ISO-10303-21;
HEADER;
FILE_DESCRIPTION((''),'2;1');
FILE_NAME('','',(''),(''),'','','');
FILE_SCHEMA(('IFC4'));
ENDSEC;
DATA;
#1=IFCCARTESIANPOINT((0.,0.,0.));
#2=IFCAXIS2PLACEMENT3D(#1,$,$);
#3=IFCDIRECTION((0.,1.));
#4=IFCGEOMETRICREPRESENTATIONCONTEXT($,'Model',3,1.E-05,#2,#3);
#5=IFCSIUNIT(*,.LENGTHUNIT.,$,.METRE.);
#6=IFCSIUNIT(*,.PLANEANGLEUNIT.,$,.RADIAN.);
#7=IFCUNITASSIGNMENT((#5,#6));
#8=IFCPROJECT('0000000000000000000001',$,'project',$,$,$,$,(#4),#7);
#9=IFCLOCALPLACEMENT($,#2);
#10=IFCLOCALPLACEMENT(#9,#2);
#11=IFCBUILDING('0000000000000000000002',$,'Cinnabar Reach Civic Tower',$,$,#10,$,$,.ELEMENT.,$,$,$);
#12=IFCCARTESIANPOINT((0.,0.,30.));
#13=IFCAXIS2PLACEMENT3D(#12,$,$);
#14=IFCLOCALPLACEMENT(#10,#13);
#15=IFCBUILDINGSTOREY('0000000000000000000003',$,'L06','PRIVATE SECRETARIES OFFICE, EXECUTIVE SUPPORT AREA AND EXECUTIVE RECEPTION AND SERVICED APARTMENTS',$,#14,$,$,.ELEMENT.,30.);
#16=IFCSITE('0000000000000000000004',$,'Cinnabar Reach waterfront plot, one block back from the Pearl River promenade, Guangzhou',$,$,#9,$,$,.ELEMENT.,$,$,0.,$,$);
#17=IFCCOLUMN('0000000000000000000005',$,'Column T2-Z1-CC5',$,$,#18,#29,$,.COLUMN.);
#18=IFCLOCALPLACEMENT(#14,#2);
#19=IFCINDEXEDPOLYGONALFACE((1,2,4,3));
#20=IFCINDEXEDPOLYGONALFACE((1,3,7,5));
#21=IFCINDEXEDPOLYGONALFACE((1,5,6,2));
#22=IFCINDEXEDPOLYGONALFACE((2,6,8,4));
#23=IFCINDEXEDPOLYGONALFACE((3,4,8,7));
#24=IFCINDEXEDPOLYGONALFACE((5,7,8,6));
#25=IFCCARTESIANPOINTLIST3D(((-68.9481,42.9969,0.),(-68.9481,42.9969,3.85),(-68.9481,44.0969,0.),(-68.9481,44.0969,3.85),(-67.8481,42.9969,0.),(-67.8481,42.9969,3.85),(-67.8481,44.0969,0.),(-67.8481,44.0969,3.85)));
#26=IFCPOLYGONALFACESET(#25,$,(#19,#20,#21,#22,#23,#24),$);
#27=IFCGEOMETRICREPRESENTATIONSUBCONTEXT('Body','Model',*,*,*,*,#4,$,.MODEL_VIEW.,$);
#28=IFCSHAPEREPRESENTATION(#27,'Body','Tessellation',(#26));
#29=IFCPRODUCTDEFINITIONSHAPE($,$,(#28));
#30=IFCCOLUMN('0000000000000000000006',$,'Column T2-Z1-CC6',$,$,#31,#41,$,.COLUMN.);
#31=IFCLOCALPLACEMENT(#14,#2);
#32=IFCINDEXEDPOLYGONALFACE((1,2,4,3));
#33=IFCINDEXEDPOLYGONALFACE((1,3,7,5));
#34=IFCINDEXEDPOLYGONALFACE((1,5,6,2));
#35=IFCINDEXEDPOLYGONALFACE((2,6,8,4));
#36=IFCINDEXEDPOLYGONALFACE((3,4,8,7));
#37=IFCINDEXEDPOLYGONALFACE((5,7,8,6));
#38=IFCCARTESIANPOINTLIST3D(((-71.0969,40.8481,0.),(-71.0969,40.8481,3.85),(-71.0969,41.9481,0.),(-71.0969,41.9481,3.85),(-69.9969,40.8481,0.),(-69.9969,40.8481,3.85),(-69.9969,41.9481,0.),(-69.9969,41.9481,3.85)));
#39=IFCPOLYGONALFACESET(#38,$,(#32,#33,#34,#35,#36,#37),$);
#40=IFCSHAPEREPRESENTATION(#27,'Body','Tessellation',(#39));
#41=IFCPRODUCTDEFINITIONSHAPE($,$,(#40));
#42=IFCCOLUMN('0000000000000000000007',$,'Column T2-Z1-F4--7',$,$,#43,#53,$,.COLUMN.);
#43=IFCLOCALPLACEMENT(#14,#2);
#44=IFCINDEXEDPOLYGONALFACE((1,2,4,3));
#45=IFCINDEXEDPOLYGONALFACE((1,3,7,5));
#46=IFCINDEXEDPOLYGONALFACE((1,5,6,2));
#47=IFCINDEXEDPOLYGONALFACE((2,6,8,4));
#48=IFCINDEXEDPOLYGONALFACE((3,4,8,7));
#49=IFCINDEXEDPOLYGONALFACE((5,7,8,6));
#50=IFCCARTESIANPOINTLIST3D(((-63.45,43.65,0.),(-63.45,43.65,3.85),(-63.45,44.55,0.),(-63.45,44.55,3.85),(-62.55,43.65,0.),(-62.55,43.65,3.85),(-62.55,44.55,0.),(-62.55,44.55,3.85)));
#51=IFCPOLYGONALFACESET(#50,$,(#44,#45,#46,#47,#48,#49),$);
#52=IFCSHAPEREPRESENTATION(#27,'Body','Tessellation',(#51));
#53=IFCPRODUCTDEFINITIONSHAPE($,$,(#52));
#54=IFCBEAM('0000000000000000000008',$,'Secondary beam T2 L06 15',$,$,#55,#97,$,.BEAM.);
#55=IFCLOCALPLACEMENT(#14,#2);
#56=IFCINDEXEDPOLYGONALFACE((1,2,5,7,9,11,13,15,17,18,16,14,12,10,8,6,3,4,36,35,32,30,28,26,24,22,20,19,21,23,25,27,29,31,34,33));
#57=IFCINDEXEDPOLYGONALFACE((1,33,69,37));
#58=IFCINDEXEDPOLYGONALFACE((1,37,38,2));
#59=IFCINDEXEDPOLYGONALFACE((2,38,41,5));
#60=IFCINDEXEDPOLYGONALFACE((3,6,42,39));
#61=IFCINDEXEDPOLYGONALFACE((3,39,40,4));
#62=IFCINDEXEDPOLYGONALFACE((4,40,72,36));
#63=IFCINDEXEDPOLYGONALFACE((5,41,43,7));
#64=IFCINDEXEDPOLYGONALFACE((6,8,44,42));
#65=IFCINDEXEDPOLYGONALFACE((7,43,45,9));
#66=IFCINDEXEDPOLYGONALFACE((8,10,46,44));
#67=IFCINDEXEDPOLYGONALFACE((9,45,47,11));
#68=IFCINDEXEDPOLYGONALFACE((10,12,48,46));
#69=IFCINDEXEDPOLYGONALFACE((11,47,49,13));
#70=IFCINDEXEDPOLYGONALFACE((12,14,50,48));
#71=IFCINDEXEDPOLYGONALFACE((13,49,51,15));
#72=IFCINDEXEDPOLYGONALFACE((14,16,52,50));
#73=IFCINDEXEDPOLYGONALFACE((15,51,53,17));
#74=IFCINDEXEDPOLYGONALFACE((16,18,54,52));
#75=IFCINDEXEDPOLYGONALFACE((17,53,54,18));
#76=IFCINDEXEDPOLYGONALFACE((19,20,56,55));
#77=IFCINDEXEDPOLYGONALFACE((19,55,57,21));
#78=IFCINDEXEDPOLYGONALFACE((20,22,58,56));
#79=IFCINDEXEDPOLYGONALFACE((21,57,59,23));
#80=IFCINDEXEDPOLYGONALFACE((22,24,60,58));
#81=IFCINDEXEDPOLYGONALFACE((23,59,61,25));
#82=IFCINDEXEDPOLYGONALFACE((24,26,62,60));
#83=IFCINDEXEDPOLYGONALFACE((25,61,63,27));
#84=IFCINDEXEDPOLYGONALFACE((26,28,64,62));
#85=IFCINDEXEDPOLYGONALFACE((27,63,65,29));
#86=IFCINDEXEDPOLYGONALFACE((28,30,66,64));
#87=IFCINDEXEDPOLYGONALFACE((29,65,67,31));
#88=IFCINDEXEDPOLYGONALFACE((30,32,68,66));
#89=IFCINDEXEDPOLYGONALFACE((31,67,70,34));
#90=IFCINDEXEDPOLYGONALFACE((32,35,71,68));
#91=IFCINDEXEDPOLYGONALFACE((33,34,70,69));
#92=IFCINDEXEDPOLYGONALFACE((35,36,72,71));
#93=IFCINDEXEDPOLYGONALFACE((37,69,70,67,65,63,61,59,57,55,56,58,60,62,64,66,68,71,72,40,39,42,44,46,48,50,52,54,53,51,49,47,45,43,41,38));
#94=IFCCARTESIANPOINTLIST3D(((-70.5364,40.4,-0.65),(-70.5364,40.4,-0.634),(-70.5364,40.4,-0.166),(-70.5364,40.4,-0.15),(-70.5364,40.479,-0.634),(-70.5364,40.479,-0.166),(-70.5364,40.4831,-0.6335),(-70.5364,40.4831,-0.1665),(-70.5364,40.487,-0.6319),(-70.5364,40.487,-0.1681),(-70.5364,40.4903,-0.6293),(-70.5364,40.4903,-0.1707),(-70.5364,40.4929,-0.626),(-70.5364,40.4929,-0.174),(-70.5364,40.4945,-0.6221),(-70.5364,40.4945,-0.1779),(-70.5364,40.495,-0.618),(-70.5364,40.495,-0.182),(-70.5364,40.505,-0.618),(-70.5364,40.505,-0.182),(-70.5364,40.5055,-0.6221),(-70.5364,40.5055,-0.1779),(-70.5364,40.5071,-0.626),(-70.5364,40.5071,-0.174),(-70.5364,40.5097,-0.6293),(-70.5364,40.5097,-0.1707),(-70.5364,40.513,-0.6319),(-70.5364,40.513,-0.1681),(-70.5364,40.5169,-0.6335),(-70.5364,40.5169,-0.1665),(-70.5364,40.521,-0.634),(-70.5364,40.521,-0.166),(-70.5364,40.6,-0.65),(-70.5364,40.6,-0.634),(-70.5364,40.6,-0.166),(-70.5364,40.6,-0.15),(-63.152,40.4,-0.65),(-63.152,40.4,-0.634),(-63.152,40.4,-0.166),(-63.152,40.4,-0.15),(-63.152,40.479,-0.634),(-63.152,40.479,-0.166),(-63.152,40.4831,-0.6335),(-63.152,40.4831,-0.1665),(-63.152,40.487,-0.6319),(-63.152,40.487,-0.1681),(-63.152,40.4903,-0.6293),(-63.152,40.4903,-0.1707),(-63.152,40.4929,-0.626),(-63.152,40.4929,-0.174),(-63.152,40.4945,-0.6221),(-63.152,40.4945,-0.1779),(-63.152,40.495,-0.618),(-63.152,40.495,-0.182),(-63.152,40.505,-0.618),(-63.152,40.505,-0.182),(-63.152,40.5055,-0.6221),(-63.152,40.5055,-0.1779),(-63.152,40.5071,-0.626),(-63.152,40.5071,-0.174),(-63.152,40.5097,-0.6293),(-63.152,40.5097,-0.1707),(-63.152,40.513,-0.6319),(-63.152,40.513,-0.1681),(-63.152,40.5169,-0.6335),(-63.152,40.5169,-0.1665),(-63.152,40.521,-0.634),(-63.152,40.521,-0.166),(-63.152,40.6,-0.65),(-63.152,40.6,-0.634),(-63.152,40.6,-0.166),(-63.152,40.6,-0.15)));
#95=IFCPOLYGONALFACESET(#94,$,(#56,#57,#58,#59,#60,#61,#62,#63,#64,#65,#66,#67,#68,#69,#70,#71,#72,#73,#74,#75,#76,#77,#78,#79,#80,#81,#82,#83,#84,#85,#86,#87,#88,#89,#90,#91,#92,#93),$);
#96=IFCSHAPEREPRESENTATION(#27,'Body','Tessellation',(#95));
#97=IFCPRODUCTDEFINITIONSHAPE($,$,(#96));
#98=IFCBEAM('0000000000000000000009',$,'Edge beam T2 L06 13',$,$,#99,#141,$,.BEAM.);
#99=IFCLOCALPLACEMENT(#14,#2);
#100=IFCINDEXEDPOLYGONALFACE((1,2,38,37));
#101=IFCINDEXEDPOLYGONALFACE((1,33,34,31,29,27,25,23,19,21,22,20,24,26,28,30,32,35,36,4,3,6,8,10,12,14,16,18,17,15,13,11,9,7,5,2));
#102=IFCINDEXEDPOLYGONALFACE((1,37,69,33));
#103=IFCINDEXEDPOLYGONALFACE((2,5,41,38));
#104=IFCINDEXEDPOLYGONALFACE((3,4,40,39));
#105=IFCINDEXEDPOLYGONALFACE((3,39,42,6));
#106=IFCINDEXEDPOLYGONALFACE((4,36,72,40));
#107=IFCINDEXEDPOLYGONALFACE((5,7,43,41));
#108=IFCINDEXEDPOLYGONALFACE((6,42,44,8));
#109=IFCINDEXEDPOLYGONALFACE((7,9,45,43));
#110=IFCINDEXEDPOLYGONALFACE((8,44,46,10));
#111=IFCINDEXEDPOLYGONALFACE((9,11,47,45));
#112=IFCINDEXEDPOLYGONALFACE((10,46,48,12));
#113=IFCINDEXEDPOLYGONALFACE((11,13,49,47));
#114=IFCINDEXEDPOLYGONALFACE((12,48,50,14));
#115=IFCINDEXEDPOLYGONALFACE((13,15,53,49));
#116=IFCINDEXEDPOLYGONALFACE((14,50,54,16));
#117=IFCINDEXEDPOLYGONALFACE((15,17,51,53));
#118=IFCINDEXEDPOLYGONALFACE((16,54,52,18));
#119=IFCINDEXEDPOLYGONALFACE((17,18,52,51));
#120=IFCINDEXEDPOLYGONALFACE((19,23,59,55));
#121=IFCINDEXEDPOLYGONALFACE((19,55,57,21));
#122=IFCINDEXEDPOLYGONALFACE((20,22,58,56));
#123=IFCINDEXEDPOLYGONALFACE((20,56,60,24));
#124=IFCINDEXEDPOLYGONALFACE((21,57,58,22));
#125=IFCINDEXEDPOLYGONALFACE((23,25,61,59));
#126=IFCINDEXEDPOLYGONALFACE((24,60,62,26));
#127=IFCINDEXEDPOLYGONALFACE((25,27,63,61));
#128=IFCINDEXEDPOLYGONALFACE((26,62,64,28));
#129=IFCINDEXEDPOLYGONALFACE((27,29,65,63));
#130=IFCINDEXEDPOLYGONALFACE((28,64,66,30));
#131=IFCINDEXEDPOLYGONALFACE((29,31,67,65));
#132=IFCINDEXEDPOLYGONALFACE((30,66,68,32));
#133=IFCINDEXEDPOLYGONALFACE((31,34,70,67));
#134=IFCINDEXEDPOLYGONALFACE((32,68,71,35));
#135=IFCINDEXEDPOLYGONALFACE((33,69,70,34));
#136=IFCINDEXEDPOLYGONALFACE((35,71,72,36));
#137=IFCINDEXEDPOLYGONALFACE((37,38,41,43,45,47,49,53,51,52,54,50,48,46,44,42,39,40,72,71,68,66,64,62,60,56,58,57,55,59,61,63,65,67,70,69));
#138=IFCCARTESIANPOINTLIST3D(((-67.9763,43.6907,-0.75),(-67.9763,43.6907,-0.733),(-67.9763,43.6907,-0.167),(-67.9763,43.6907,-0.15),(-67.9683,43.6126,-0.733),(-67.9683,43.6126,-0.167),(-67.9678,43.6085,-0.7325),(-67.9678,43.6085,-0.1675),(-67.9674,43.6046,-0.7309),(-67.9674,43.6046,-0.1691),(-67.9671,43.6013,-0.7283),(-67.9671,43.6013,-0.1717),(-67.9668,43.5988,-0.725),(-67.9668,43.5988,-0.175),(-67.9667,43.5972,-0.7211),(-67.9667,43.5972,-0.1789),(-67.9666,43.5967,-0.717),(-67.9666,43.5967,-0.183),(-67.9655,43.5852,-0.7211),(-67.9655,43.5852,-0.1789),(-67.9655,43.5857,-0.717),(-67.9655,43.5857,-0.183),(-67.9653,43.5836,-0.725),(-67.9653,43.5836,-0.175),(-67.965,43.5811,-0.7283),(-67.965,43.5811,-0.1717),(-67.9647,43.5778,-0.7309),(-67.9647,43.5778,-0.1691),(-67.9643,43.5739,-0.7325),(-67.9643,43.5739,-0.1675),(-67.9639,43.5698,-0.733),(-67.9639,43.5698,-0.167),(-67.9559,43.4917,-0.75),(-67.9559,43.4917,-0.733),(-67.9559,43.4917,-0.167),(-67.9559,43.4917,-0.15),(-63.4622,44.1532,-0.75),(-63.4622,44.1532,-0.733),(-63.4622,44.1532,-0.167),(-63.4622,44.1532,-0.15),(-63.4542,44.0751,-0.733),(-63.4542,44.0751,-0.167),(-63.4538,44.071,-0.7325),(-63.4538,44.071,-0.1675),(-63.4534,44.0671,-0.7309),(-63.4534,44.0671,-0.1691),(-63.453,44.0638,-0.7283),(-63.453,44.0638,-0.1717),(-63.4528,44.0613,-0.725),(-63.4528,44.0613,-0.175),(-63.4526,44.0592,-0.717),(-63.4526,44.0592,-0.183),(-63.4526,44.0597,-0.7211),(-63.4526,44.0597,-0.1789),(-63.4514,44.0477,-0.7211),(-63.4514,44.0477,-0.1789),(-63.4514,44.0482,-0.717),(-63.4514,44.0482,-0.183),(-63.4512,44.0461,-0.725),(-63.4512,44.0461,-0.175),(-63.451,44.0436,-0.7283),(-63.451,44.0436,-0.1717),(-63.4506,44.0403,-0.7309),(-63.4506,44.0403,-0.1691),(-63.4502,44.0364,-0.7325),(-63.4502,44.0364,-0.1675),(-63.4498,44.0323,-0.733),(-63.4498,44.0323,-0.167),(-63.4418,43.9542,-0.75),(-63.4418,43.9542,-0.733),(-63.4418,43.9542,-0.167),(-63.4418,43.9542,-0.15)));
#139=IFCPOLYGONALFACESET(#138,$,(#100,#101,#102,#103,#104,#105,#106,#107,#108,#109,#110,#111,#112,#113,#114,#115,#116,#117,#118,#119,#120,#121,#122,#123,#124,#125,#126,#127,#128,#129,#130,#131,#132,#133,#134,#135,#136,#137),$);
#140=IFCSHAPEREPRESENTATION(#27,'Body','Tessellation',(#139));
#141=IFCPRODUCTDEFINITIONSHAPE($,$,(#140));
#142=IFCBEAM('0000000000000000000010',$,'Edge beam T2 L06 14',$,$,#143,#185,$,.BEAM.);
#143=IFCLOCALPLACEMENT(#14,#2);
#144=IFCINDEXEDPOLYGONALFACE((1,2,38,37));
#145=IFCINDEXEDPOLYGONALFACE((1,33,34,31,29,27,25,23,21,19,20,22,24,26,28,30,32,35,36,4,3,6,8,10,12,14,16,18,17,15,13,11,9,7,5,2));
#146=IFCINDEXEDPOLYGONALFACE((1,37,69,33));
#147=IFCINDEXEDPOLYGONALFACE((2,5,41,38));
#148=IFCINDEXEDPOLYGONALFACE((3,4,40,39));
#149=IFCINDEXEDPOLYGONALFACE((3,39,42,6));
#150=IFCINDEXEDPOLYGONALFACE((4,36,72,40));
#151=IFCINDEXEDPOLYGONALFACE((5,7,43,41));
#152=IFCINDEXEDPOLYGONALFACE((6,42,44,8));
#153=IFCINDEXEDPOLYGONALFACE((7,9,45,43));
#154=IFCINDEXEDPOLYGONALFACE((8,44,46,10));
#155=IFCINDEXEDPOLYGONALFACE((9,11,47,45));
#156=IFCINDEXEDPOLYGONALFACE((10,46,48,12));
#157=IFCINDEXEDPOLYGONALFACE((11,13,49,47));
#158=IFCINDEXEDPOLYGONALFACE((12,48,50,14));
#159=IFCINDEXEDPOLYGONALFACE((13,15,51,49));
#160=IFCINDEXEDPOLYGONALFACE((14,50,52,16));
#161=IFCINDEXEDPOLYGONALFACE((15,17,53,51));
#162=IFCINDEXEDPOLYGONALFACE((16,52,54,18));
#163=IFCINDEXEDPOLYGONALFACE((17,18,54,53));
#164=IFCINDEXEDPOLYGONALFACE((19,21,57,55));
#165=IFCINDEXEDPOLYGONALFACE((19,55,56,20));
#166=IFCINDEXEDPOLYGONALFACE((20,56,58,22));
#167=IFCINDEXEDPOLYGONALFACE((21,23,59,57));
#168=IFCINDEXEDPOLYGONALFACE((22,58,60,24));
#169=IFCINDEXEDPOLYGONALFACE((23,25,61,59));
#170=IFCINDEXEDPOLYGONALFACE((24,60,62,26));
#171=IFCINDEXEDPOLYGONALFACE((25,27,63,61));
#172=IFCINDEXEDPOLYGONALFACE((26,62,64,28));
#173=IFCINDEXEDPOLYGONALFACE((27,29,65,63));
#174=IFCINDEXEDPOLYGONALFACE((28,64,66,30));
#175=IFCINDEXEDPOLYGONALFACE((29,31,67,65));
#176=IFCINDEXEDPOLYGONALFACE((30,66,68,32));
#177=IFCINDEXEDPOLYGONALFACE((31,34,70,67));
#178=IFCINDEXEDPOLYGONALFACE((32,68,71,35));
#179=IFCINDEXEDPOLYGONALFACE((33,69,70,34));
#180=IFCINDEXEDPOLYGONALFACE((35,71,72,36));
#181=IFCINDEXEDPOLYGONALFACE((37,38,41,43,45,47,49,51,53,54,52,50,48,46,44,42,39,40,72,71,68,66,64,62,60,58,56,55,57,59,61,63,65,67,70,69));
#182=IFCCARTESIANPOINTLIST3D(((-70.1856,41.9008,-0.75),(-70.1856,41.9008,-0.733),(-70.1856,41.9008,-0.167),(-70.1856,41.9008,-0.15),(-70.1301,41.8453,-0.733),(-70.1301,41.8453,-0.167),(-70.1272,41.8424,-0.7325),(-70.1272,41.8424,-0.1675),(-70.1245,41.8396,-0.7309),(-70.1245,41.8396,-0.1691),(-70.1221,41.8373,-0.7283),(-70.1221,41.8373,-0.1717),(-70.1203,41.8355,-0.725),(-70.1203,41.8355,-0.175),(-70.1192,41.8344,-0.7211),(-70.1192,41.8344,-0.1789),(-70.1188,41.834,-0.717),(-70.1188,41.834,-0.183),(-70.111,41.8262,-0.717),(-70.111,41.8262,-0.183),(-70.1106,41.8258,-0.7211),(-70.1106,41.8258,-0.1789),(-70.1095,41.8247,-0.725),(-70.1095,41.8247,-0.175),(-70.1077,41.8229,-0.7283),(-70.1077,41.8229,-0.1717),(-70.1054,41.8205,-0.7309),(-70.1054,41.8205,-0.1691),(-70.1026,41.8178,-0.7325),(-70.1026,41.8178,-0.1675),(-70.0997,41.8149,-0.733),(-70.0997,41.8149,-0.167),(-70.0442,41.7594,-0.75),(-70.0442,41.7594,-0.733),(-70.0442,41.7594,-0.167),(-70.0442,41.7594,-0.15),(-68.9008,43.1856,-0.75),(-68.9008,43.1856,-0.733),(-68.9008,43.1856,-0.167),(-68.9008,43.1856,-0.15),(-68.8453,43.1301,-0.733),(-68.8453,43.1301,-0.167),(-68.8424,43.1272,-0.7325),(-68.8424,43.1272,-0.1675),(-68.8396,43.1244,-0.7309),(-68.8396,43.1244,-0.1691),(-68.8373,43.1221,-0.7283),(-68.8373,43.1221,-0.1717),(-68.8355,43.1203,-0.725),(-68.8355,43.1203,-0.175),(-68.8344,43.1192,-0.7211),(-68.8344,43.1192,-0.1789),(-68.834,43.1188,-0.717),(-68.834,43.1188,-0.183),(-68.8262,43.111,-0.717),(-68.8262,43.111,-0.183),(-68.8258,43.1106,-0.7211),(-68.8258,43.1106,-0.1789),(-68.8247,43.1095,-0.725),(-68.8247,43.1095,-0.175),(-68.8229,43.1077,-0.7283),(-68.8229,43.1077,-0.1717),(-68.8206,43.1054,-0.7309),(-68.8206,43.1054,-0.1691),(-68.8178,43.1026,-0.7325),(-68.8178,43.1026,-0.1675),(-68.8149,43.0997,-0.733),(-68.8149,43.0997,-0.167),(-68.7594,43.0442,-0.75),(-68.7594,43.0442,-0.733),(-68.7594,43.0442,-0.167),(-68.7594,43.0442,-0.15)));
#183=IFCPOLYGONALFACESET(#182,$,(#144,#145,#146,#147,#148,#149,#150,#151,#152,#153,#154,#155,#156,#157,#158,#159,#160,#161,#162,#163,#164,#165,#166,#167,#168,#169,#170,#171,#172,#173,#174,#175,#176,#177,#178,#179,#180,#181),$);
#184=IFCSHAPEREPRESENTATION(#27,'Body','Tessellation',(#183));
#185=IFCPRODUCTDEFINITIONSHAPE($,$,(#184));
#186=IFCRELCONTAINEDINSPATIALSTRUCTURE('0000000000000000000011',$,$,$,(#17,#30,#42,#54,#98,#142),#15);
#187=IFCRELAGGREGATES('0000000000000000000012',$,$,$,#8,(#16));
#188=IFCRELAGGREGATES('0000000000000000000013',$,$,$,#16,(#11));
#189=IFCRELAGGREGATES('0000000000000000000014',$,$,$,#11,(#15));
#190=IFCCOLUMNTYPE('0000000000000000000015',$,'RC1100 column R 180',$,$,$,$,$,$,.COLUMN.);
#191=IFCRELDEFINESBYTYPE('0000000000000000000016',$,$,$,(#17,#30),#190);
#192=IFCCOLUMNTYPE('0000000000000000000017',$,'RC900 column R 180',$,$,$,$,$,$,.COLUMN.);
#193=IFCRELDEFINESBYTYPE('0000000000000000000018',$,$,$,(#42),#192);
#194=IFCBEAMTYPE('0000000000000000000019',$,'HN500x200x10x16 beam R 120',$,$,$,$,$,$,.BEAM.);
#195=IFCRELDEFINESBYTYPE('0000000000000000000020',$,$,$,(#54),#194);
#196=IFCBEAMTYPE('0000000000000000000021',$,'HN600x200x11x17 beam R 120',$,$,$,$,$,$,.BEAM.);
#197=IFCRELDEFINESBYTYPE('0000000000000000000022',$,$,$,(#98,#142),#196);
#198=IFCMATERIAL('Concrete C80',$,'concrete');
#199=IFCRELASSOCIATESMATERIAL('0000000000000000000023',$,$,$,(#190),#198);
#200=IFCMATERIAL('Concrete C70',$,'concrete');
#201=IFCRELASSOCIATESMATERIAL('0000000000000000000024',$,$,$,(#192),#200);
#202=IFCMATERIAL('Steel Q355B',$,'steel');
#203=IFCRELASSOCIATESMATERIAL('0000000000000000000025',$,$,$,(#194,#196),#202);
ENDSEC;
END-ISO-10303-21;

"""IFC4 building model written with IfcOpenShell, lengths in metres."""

from ifc_helpers import new_model, si_unit, direction, frame, origin, origin_2d, place, context, subcontext, project, spatial, rectangle, i_section, extrude, material, material_profile, profile_set, type_object, element, save


model = new_model("IFC4")

# Units and contexts
model_context = context("Model", 3, precision=1e-05, world=origin(), true_north=direction((0.0, 1.0)))
body_context = subcontext(model_context, "Body", "Model", "MODEL_VIEW")
ifc_project = project(units=[si_unit("LENGTHUNIT", "METRE"), si_unit("PLANEANGLEUNIT", "RADIAN")], contexts=[model_context])

# Site, building, storey
site_placement = place(None, origin())
site = spatial("IfcSite", under=ifc_project, at=site_placement, Name="Cinnabar Reach waterfront plot, one block back from the Pearl River promenade, Guangzhou", CompositionType="ELEMENT", RefElevation=0.0)
building_placement = place(site_placement, origin())
building = spatial("IfcBuilding", under=site, at=building_placement, Name="Cinnabar Reach Civic Tower", CompositionType="ELEMENT")
storey_placement = place(building_placement, frame((0.0, 0.0, 30.0)))
storey = spatial("IfcBuildingStorey", under=building, at=storey_placement, Name="L06", Description="PRIVATE SECRETARIES OFFICE, EXECUTIVE SUPPORT AREA AND EXECUTIVE RECEPTION AND SERVICED APARTMENTS", CompositionType="ELEMENT", Elevation=30.0)

# Columns
ifc_material_1 = material(Name="Concrete C80", Category="concrete")
ifc_material_profile_1 = material_profile(ifc_material_1, rectangle(XDim=1.1, YDim=1.1, at=origin_2d()), Name="RC1100")
ifc_profile_set_1 = profile_set([ifc_material_profile_1], Name="Concrete C80")
column_type_1 = type_object("IfcColumnType", Name="RC1100 column R 180", PredefinedType="COLUMN", material=ifc_profile_set_1)
for number, where, z_axis, x_axis, name in (
    (1, (-68.3981, 43.5469, 0.0), (0.0, 0.0, 1.0), (1.0, 0.0, 0.0), "Column T2-Z1-CC5"),
    (2, (-70.5469, 41.3981, 0.0), (0.0, 0.0, 1.0), (1.0, 0.0, 0.0), "Column T2-Z1-CC6"),
):
    element("IfcColumn", number, at=place(storey_placement, frame(where, z_axis=z_axis, x_axis=x_axis)), inside=storey, type_object=column_type_1, Name=name, PredefinedType="COLUMN", context=body_context, shape_type="SweptSolid", body=[
        extrude(rectangle(XDim=1.1, YDim=1.1, at=origin_2d()), origin(), (0.0, 0.0, 1.0), 3.85),
    ])
ifc_material_2 = material(Name="Concrete C70", Category="concrete")
ifc_material_profile_2 = material_profile(ifc_material_2, rectangle(XDim=0.9, YDim=0.9, at=origin_2d()), Name="RC900")
ifc_profile_set_2 = profile_set([ifc_material_profile_2], Name="Concrete C70")
column_type_2 = type_object("IfcColumnType", Name="RC900 column R 180", PredefinedType="COLUMN", material=ifc_profile_set_2)
column_placement = place(storey_placement, frame((-63.0, 44.1, 0.0), z_axis=(0.0, 0.0, 1.0), x_axis=(1.0, 0.0, 0.0)))
element("IfcColumn", 3, at=column_placement, inside=storey, type_object=column_type_2, Name="Column T2-Z1-F4--7", PredefinedType="COLUMN", context=body_context, shape_type="SweptSolid", body=[
    extrude(rectangle(XDim=0.9, YDim=0.9, at=origin_2d()), origin(), (0.0, 0.0, 1.0), 3.85),
])

# Beams
ifc_material_3 = material(Name="Steel Q355B", Category="steel")
ifc_material_profile_3 = material_profile(ifc_material_3, i_section(OverallWidth=0.2, OverallDepth=0.5, WebThickness=0.01, FlangeThickness=0.016, FilletRadius=0.016, at=origin_2d()), Name="HN500x200x10x16")
ifc_profile_set_3 = profile_set([ifc_material_profile_3], Name="Steel Q355B")
beam_type_1 = type_object("IfcBeamType", Name="HN500x200x10x16 beam R 120", PredefinedType="BEAM", material=ifc_profile_set_3)
beam_1_placement = place(storey_placement, frame((-70.5364, 40.5, -0.4), z_axis=(1.0, 0.0, 0.0), x_axis=(0.0, 1.0, 0.0)))
element("IfcBeam", 4, at=beam_1_placement, inside=storey, type_object=beam_type_1, Name="Secondary beam T2 L06 15", PredefinedType="BEAM", context=body_context, shape_type="SweptSolid", body=[
    extrude(i_section(OverallWidth=0.2, OverallDepth=0.5, WebThickness=0.01, FlangeThickness=0.016, FilletRadius=0.016, at=origin_2d()), origin(), (0.0, 0.0, 1.0), 7.3844),
])
ifc_material_profile_4 = material_profile(ifc_material_3, i_section(OverallWidth=0.2, OverallDepth=0.6, WebThickness=0.011, FlangeThickness=0.017, FilletRadius=0.016, at=origin_2d()), Name="HN600x200x11x17")
ifc_profile_set_4 = profile_set([ifc_material_profile_4], Name="Steel Q355B")
beam_type_2 = type_object("IfcBeamType", Name="HN600x200x11x17 beam R 120", PredefinedType="BEAM", material=ifc_profile_set_4)
beam_2_placement = place(storey_placement, frame((-63.452, 44.0537, -0.45), z_axis=(-0.994792, -0.101923, 0.0), x_axis=(0.101923, -0.994792, 0.0)))
element("IfcBeam", 5, at=beam_2_placement, inside=storey, type_object=beam_type_2, Name="Edge beam T2 L06 13", PredefinedType="BEAM", context=body_context, shape_type="SweptSolid", body=[
    extrude(i_section(OverallWidth=0.2, OverallDepth=0.6, WebThickness=0.011, FlangeThickness=0.017, FilletRadius=0.016, at=origin_2d()), origin(), (0.0, 0.0, 1.0), 4.5377),
])
beam_3_placement = place(storey_placement, frame((-68.8301, 43.1149, -0.45), z_axis=(-0.707107, -0.707107, 0.0), x_axis=(0.707107, -0.707107, 0.0)))
element("IfcBeam", 6, at=beam_3_placement, inside=storey, type_object=beam_type_2, Name="Edge beam T2 L06 14", PredefinedType="BEAM", context=body_context, shape_type="SweptSolid", body=[
    extrude(i_section(OverallWidth=0.2, OverallDepth=0.6, WebThickness=0.011, FlangeThickness=0.017, FilletRadius=0.016, at=origin_2d()), origin(), (0.0, 0.0, 1.0), 1.817),
])

save(model, "model.ifc")
